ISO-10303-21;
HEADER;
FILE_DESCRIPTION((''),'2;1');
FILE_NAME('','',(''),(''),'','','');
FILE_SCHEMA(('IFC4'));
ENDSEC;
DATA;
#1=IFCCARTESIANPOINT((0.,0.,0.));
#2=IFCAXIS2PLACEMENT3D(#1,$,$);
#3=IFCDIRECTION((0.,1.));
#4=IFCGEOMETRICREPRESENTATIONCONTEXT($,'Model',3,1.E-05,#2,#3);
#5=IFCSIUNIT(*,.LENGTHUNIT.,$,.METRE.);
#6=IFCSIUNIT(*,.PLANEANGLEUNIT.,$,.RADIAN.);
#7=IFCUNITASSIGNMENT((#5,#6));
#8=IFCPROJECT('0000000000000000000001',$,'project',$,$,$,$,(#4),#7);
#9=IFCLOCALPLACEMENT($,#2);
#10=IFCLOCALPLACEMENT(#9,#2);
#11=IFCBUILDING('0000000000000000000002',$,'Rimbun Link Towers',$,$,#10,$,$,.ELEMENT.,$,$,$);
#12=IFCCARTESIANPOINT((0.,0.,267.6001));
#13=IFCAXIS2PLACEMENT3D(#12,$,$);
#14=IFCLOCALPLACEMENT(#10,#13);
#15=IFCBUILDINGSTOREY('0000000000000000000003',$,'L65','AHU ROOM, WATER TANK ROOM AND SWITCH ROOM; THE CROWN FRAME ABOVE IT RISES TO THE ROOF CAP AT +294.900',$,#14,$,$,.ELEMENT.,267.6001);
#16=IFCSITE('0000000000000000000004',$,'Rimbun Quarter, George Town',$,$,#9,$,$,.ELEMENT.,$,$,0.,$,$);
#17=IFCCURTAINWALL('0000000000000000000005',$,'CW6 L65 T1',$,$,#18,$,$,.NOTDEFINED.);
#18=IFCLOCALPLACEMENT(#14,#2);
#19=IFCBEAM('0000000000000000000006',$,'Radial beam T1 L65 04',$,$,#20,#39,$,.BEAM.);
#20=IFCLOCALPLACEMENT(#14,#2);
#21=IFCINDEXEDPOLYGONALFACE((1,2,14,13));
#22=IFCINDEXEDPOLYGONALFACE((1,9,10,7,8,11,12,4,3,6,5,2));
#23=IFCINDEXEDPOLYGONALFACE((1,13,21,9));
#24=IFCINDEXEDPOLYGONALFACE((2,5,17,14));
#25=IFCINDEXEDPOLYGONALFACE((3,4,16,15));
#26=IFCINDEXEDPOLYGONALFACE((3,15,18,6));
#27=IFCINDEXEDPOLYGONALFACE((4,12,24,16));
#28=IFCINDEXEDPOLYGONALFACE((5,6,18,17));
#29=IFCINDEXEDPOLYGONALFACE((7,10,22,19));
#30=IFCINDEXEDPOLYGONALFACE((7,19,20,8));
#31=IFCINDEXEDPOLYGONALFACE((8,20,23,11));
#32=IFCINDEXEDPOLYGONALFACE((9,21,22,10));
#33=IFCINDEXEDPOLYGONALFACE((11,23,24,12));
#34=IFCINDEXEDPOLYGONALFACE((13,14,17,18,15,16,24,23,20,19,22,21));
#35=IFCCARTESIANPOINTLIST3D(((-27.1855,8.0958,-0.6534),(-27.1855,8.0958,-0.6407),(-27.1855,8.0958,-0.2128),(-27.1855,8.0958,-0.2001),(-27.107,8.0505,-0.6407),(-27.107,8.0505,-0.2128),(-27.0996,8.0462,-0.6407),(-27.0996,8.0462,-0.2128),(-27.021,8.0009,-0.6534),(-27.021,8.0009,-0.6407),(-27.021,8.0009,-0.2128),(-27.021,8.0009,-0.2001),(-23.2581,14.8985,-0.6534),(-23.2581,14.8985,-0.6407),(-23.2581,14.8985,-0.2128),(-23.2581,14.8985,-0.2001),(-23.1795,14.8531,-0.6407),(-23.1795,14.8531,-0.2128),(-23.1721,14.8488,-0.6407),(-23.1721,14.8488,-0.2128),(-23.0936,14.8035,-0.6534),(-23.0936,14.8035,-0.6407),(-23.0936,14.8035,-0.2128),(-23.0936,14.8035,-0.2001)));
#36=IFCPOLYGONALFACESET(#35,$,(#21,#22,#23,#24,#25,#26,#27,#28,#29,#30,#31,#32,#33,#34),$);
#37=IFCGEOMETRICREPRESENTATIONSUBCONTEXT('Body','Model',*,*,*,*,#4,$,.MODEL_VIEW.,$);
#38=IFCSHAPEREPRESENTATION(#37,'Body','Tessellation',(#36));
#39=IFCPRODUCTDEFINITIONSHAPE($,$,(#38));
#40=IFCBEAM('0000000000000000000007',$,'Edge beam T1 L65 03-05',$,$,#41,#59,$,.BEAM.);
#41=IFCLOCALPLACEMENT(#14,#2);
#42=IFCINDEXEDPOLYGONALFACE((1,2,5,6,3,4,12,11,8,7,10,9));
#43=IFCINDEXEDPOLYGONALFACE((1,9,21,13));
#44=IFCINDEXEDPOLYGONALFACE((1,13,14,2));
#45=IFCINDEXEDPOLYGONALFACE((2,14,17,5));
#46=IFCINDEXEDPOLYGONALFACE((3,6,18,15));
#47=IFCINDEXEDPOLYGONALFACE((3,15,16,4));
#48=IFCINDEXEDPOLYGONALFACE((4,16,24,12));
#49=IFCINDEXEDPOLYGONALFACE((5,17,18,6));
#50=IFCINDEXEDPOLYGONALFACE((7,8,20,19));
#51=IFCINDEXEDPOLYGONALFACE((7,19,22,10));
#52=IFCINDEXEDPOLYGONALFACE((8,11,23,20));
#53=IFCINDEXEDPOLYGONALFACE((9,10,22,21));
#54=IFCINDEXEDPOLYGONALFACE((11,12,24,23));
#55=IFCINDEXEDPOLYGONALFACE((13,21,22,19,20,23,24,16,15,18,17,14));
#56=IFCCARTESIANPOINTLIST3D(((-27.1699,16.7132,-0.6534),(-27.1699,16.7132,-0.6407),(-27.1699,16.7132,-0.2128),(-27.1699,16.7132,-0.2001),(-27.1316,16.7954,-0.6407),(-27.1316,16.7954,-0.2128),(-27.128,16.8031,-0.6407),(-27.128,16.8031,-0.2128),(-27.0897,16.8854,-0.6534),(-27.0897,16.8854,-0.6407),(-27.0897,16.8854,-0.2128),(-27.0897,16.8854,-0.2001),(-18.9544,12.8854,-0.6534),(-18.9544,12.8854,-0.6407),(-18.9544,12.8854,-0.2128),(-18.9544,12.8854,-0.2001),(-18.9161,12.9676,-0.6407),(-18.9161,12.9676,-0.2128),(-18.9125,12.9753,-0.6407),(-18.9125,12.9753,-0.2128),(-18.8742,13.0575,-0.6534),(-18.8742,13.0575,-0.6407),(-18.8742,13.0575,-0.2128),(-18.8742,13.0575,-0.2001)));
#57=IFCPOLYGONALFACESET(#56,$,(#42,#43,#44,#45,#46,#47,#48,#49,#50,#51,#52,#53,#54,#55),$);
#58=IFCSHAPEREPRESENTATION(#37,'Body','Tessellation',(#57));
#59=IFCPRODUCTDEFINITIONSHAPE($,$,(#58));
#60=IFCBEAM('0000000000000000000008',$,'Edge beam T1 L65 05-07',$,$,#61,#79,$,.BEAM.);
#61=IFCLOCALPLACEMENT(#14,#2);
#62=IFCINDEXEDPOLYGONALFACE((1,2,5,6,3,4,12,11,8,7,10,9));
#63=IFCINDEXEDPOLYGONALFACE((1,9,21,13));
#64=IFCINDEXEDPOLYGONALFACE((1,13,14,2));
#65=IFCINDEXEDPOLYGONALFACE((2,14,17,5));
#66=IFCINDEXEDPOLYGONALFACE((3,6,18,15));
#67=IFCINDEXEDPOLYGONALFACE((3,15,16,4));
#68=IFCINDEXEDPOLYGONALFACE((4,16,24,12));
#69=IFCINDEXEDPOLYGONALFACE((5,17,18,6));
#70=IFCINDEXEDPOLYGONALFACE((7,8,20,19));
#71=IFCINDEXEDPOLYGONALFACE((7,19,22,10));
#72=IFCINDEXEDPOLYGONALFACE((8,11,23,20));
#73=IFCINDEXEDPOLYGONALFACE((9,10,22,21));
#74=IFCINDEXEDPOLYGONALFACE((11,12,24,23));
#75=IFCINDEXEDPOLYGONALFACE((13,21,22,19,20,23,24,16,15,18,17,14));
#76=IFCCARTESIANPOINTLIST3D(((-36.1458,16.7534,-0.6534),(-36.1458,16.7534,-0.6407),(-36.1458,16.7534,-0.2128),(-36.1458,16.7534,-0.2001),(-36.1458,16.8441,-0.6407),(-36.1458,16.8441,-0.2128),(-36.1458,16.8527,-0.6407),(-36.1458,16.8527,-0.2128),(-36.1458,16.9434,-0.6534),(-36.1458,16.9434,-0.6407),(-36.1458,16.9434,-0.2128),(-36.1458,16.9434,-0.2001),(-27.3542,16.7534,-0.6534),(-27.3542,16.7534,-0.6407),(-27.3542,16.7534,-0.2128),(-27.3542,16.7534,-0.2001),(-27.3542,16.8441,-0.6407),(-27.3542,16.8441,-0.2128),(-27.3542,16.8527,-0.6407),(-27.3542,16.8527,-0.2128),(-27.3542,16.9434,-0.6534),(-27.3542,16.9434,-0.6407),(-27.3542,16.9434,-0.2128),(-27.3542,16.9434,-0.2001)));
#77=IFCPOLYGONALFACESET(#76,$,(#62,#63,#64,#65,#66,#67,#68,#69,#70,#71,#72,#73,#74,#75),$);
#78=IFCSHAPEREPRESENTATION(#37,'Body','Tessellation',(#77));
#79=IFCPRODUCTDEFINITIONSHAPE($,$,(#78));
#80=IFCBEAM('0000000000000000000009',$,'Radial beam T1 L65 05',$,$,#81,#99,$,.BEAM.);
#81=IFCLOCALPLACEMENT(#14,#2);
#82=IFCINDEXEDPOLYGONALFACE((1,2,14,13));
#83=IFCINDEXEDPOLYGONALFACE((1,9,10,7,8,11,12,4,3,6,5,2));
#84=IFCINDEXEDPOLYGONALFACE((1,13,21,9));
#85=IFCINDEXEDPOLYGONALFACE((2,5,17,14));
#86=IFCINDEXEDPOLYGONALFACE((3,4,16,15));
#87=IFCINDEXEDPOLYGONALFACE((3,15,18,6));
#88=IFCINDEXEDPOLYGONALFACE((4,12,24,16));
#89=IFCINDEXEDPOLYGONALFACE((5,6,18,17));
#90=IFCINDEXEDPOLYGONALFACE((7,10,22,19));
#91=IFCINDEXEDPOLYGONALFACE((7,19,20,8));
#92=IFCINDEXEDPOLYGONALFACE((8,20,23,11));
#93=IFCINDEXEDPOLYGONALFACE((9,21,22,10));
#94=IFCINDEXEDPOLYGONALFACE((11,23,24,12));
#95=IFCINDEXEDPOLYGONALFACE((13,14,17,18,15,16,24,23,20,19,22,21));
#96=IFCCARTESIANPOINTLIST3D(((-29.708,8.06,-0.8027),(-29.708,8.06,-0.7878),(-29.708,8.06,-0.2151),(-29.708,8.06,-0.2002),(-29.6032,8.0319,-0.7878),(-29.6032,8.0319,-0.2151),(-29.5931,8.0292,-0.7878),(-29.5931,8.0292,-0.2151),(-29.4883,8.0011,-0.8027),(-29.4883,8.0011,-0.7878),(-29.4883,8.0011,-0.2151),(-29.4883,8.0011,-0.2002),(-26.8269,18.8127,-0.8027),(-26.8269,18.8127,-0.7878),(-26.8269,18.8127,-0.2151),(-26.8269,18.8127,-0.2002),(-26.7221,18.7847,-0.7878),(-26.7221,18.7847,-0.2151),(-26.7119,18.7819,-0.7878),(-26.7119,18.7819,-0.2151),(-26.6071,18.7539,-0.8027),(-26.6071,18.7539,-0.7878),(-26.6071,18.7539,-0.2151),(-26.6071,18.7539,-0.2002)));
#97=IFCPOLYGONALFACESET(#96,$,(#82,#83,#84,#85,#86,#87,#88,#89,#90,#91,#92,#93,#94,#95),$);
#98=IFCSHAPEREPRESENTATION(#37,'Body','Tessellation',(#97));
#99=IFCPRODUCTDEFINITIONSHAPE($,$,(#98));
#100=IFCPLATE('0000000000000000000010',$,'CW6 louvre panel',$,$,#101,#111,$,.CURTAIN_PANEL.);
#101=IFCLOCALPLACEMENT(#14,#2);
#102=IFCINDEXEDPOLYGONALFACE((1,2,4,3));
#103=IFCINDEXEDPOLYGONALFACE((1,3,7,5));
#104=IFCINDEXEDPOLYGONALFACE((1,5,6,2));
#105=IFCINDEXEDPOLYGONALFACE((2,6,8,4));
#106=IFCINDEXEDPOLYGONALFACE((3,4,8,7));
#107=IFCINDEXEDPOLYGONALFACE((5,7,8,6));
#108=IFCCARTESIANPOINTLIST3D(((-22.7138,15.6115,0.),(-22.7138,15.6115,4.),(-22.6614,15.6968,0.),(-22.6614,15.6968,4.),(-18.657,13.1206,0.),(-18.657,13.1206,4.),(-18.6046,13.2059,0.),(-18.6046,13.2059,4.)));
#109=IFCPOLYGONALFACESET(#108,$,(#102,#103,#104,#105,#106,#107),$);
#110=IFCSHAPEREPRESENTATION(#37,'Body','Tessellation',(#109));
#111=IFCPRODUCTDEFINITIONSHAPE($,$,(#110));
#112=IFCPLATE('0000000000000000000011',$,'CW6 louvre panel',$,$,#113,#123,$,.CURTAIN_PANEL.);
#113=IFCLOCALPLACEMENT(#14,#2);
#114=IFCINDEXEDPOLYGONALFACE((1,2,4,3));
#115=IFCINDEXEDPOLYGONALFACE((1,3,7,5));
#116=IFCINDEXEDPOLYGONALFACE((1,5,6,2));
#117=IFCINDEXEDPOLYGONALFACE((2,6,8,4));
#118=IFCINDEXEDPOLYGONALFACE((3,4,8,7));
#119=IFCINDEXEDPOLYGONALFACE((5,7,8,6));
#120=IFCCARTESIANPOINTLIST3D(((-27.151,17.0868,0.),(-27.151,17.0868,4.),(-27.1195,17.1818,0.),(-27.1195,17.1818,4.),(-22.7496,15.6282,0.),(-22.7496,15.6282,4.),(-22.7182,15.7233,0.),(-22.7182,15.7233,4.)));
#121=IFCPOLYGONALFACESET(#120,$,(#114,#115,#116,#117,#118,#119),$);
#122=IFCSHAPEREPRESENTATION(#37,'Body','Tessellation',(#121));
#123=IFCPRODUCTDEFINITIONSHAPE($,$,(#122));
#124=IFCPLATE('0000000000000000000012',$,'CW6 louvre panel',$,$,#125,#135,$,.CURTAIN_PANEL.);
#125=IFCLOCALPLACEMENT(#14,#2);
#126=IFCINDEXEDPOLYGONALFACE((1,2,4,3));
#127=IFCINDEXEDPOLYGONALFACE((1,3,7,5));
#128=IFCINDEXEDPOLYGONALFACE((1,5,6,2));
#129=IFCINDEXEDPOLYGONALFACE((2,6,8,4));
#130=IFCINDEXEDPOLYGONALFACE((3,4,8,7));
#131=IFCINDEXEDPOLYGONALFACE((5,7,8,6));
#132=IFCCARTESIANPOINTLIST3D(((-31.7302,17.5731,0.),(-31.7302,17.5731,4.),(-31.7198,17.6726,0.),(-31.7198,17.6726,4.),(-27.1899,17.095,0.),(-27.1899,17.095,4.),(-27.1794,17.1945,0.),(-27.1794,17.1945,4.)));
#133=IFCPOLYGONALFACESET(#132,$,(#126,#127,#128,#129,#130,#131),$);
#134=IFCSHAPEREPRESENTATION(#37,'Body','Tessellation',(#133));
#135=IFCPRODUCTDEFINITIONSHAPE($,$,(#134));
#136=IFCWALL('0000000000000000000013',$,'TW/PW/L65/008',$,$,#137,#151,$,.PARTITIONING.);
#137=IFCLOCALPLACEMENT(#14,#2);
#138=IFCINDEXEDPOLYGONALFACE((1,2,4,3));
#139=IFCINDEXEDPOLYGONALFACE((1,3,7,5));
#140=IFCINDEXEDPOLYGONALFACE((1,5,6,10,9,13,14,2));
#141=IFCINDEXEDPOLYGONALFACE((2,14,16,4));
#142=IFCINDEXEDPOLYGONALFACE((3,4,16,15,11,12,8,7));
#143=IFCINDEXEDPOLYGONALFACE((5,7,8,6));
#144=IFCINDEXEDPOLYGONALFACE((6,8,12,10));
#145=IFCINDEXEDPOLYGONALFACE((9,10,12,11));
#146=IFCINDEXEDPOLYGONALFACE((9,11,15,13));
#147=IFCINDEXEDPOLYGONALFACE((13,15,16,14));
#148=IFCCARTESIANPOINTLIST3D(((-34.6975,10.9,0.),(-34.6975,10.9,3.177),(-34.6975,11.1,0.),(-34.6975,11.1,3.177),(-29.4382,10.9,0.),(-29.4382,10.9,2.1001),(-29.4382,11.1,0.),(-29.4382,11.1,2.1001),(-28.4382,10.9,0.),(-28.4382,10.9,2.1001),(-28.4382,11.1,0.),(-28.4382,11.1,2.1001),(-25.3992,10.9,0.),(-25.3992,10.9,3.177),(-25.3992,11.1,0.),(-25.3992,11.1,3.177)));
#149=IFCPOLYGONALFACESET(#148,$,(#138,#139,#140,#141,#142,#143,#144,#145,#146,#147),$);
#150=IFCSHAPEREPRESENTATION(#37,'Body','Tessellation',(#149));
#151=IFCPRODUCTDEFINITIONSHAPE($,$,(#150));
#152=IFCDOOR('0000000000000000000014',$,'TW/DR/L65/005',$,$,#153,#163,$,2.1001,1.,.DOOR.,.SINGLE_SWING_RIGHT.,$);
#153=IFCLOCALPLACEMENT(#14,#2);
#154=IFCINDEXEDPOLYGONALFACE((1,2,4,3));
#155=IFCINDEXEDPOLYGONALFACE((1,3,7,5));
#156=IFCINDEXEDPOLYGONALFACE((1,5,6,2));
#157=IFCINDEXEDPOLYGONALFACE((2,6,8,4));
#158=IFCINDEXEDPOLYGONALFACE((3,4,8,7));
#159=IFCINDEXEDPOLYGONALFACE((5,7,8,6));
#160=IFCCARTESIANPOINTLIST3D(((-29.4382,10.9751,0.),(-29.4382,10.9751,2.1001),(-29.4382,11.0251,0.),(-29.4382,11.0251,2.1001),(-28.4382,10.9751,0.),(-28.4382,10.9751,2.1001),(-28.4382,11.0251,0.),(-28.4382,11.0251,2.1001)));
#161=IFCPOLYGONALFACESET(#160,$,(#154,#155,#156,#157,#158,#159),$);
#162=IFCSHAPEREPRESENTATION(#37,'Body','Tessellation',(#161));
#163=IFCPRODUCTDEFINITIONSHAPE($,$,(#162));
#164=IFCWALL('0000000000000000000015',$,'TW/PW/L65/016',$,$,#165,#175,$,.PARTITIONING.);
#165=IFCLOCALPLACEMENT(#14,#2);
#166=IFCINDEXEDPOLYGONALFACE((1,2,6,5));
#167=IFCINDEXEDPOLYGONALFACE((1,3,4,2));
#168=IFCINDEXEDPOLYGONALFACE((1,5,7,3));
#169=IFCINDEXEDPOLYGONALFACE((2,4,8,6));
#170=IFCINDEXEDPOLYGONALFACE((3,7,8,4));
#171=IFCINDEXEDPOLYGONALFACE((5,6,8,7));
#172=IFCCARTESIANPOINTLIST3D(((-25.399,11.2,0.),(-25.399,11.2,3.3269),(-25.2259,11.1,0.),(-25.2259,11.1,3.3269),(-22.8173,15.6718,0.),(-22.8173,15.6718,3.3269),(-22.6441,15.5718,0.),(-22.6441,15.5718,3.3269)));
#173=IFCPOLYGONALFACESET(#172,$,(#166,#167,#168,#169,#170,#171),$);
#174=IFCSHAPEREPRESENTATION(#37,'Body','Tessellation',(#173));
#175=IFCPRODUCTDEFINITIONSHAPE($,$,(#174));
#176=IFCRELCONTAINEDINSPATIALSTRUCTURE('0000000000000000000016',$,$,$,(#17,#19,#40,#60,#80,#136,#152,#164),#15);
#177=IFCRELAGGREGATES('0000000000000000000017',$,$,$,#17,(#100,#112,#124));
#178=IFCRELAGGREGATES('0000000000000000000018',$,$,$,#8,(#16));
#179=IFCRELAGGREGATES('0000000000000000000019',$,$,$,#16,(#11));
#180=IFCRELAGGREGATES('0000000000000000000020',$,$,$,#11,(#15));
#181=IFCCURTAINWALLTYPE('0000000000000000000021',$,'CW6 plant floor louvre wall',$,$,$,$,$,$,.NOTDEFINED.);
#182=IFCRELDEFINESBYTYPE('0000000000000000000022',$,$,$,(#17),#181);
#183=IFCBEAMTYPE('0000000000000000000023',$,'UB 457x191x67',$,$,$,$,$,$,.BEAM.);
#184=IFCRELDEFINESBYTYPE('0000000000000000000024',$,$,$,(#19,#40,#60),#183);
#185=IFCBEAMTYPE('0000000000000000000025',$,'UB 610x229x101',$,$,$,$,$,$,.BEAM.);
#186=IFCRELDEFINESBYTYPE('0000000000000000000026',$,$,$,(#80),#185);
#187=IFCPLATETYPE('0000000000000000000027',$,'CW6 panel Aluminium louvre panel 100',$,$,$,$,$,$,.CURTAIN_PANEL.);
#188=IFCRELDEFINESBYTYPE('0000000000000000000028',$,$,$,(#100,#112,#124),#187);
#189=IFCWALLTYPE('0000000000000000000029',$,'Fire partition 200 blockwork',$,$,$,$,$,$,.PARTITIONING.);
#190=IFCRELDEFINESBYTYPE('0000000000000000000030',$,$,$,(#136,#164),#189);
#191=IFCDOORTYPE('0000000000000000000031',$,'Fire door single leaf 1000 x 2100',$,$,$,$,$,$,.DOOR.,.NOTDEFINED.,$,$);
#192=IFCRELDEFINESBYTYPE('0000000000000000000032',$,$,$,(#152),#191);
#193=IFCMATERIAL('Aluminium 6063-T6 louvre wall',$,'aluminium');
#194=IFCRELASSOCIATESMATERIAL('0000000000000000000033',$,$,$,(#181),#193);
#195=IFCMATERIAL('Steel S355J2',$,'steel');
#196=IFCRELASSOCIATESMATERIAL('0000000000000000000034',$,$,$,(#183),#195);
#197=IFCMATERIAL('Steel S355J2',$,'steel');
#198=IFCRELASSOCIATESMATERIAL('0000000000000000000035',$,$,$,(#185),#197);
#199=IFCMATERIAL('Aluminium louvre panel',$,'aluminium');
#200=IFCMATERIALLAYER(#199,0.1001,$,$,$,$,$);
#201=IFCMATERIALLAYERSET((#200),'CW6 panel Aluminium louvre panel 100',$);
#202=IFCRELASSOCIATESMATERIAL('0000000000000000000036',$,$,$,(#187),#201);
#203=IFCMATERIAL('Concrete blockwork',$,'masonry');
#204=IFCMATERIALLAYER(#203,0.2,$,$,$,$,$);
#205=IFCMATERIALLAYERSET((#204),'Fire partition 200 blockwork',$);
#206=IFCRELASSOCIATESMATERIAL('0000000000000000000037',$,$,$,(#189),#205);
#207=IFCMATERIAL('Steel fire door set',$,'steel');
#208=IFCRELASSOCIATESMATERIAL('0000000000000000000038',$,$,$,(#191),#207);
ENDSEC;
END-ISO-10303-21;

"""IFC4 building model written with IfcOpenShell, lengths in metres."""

from ifc_helpers import new_model, si_unit, direction, frame, frame_2d, origin, origin_2d, place, context, subcontext, project, spatial, rectangle, i_section, extrude, material, layer, layer_set, material_profile, profile_set, type_object, element, fill, aggregate, save


model = new_model("IFC4")

# Units and contexts
model_context = context("Model", 3, precision=1e-05, world=origin(), true_north=direction((0.0, 1.0)))
body_context = subcontext(model_context, "Body", "Model", "MODEL_VIEW")
ifc_project = project(units=[si_unit("LENGTHUNIT", "METRE"), si_unit("PLANEANGLEUNIT", "RADIAN")], contexts=[model_context])

# Site, building, storey
site_placement = place(None, origin())
site = spatial("IfcSite", under=ifc_project, at=site_placement, Name="Rimbun Quarter, George Town", CompositionType="ELEMENT", RefElevation=0.0)
building_placement = place(site_placement, origin())
building = spatial("IfcBuilding", under=site, at=building_placement, Name="Rimbun Link Towers", CompositionType="ELEMENT")
storey_placement = place(building_placement, frame((0.0, 0.0, 267.6001)))
storey = spatial("IfcBuildingStorey", under=building, at=storey_placement, Name="L65", Description="AHU ROOM, WATER TANK ROOM AND SWITCH ROOM; THE CROWN FRAME ABOVE IT RISES TO THE ROOF CAP AT +294.900", CompositionType="ELEMENT", Elevation=267.6001)

# Curtain wall
ifc_material_1 = material(Name="Aluminium 6063-T6 louvre wall", Category="aluminium")
curtain_wall_type = type_object("IfcCurtainWallType", Name="CW6 plant floor louvre wall", PredefinedType="NOTDEFINED", material=ifc_material_1)
curtain_wall_placement = place(storey_placement, origin())
curtain_wall = element("IfcCurtainWall", 1, at=curtain_wall_placement, inside=storey, type_object=curtain_wall_type, Name="CW6 L65 T1", PredefinedType="NOTDEFINED")

# Beams
ifc_material_2 = material(Name="Steel S355J2", Category="steel")
ifc_material_profile_1 = material_profile(ifc_material_2, i_section(OverallWidth=0.1899, OverallDepth=0.4534, WebThickness=0.0085, FlangeThickness=0.0127, at=origin_2d()), Name="UB 457x191x67")
ifc_profile_set_1 = profile_set([ifc_material_profile_1], Name="Steel S355J2")
beam_type_1 = type_object("IfcBeamType", Name="UB 457x191x67", PredefinedType="BEAM", material=ifc_profile_set_1)
beam_1_placement = place(storey_placement, frame((-27.1033, 8.0483, -0.4268), z_axis=(0.499993, 0.866029, 0.0), x_axis=(-0.866029, 0.499993, 0.0)))
element("IfcBeam", 2, at=beam_1_placement, inside=storey, type_object=beam_type_1, Name="Radial beam T1 L65 04", PredefinedType="BEAM", context=body_context, shape_type="SweptSolid", body=[
    extrude(i_section(OverallWidth=0.1899, OverallDepth=0.4534, WebThickness=0.0085, FlangeThickness=0.0127, at=origin_2d()), origin(), (0.0, 0.0, 1.0), 7.855),
])
beam_2_placement = place(storey_placement, frame((-18.9143, 12.9714, -0.4268), z_axis=(-0.906439, 0.422337, 0.0), x_axis=(-0.422337, -0.906439, 0.0)))
element("IfcBeam", 3, at=beam_2_placement, inside=storey, type_object=beam_type_1, Name="Edge beam T1 L65 03-05", PredefinedType="BEAM", context=body_context, shape_type="SweptSolid", body=[
    extrude(i_section(OverallWidth=0.1899, OverallDepth=0.4534, WebThickness=0.0085, FlangeThickness=0.0127, at=origin_2d()), origin(), (0.0, 0.0, 1.0), 9.0635),
])
beam_3_placement = place(storey_placement, frame((-27.3542, 16.8484, -0.4268), z_axis=(-1.0, 0.0, 0.0), x_axis=(0.0, -1.0, 0.0)))
element("IfcBeam", 4, at=beam_3_placement, inside=storey, type_object=beam_type_1, Name="Edge beam T1 L65 05-07", PredefinedType="BEAM", context=body_context, shape_type="SweptSolid", body=[
    extrude(i_section(OverallWidth=0.1899, OverallDepth=0.4534, WebThickness=0.0085, FlangeThickness=0.0127, at=origin_2d()), origin(), (0.0, 0.0, 1.0), 8.7915),
])
ifc_material_3 = material(Name="Steel S355J2", Category="steel")
ifc_material_profile_2 = material_profile(ifc_material_3, i_section(OverallWidth=0.2275, OverallDepth=0.6025, WebThickness=0.0105, FlangeThickness=0.0149, at=origin_2d()), Name="UB 610x229x101")
ifc_profile_set_2 = profile_set([ifc_material_profile_2], Name="Steel S355J2")
beam_type_2 = type_object("IfcBeamType", Name="UB 610x229x101", PredefinedType="BEAM", material=ifc_profile_set_2)
beam_4_placement = place(storey_placement, frame((-29.5981, 8.0305, -0.5015), z_axis=(0.258813, 0.965927, 0.0), x_axis=(-0.965927, 0.258813, 0.0)))
element("IfcBeam", 5, at=beam_4_placement, inside=storey, type_object=beam_type_2, Name="Radial beam T1 L65 05", PredefinedType="BEAM", context=body_context, shape_type="SweptSolid", body=[
    extrude(i_section(OverallWidth=0.2275, OverallDepth=0.6025, WebThickness=0.0105, FlangeThickness=0.0149, at=origin_2d()), origin(), (0.0, 0.0, 1.0), 11.1321),
])

# Plates
ifc_material_4 = material(Name="Aluminium louvre panel", Category="aluminium")
ifc_layer_1 = layer(ifc_material_4, 0.1001)
ifc_layer_set_1 = layer_set([ifc_layer_1], Name="CW6 panel Aluminium louvre panel 100")
plate_type = type_object("IfcPlateType", Name="CW6 panel Aluminium louvre panel 100", PredefinedType="CURTAIN_PANEL", material=ifc_layer_set_1)
plate_1_placement = place(storey_placement, frame((-20.6592, 14.4087, 0.0), z_axis=(0.0, 0.0, 1.0), x_axis=(0.85218, -0.523249, 0.0)))
plate_1 = element("IfcPlate", 6, at=plate_1_placement, type_object=plate_type, Name="CW6 louvre panel", PredefinedType="CURTAIN_PANEL", context=body_context, shape_type="SweptSolid", body=[
    extrude(rectangle(XDim=4.7605, YDim=0.1001, at=origin_2d()), origin(), (0.0, 0.0, 1.0), 4.0),
])
plate_2_placement = place(storey_placement, frame((-24.9346, 16.405, 0.0), z_axis=(0.0, 0.0, 1.0), x_axis=(0.949236, -0.314566, 0.0)))
plate_2 = element("IfcPlate", 7, at=plate_2_placement, type_object=plate_type, Name="CW6 louvre panel", PredefinedType="CURTAIN_PANEL", context=body_context, shape_type="SweptSolid", body=[
    extrude(rectangle(XDim=4.6367, YDim=0.1001, at=origin_2d()), origin(), (0.0, 0.0, 1.0), 4.0),
])
plate_3_placement = place(storey_placement, frame((-29.4548, 17.3838, 0.0), z_axis=(0.0, 0.0, 1.0), x_axis=(0.994501, -0.104724, 0.0)))
plate_3 = element("IfcPlate", 8, at=plate_3_placement, type_object=plate_type, Name="CW6 louvre panel", PredefinedType="CURTAIN_PANEL", context=body_context, shape_type="SweptSolid", body=[
    extrude(rectangle(XDim=4.5654, YDim=0.1001, at=origin_2d()), origin(), (0.0, 0.0, 1.0), 4.0),
])
aggregate(curtain_wall, [plate_1, plate_2, plate_3])

# Wall, opening, door
ifc_material_5 = material(Name="Concrete blockwork", Category="masonry")
ifc_layer_2 = layer(ifc_material_5, 0.2)
ifc_layer_set_2 = layer_set([ifc_layer_2], Name="Fire partition 200 blockwork")
wall_type_1 = type_object("IfcWallType", Name="Fire partition 200 blockwork", PredefinedType="PARTITIONING", material=ifc_layer_set_2)
wall_1_placement = place(storey_placement, frame((-25.3992, 11.0, 0.0), z_axis=(0.0, 0.0, 1.0), x_axis=(-1.0, 0.0, 0.0)))
wall_1 = element("IfcWall", 9, at=wall_1_placement, inside=storey, type_object=wall_type_1, Name="TW/PW/L65/008", PredefinedType="PARTITIONING", context=body_context, shape_type="SweptSolid", body=[
    extrude(rectangle(XDim=9.2983, YDim=0.2, at=frame_2d((4.6492, 0.0))), origin(), (0.0, 0.0, 1.0), 3.177),
])
opening_1_placement = place(wall_1_placement, frame((3.0391, 0.0, 0.0)))
opening_1 = element("IfcOpeningElement", 10, at=opening_1_placement, cuts=wall_1, PredefinedType="OPENING", context=body_context, shape_type="SweptSolid", body=[
    extrude(rectangle(XDim=1.0, YDim=2.1001, at=frame_2d((0.5, 1.05))), frame((0.0, 0.1099, 0.0), z_axis=(0.0, -1.0, 0.0), x_axis=(1.0, 0.0, 0.0)), (0.0, 0.0, 1.0), 0.22),
])
ifc_material_6 = material(Name="Steel fire door set", Category="steel")
door_type_1 = type_object("IfcDoorType", Name="Fire door single leaf 1000 x 2100", OperationType="NOTDEFINED", PredefinedType="DOOR", material=ifc_material_6)
door_1_placement = place(opening_1_placement, origin())
door_1 = element("IfcDoor", 11, at=door_1_placement, inside=storey, type_object=door_type_1, Name="TW/DR/L65/005", OperationType="SINGLE_SWING_RIGHT", OverallHeight=2.1001, OverallWidth=1.0, PredefinedType="DOOR", context=body_context, shape_type="SweptSolid", body=[
    extrude(rectangle(XDim=1.0, YDim=2.1001, at=frame_2d((0.5, 1.05))), frame((0.0, 0.0249, 0.0), z_axis=(0.0, -1.0, 0.0), x_axis=(1.0, 0.0, 0.0)), (0.0, 0.0, 1.0), 0.05),
])
fill(opening_1, door_1)

# Wall
wall_2_placement = place(storey_placement, frame((-22.7307, 15.6218, 0.0), z_axis=(0.0, 0.0, 1.0), x_axis=(-0.499988, -0.866032, 0.0)))
element("IfcWall", 12, at=wall_2_placement, inside=storey, type_object=wall_type_1, Name="TW/PW/L65/016", PredefinedType="PARTITIONING", context=body_context, shape_type="SweptSolid", body=[
    extrude(rectangle(XDim=5.1636, YDim=0.2, at=frame_2d((2.5818, 0.0))), origin(), (0.0, 0.0, 1.0), 3.3269),
])

save(model, "model.ifc")
